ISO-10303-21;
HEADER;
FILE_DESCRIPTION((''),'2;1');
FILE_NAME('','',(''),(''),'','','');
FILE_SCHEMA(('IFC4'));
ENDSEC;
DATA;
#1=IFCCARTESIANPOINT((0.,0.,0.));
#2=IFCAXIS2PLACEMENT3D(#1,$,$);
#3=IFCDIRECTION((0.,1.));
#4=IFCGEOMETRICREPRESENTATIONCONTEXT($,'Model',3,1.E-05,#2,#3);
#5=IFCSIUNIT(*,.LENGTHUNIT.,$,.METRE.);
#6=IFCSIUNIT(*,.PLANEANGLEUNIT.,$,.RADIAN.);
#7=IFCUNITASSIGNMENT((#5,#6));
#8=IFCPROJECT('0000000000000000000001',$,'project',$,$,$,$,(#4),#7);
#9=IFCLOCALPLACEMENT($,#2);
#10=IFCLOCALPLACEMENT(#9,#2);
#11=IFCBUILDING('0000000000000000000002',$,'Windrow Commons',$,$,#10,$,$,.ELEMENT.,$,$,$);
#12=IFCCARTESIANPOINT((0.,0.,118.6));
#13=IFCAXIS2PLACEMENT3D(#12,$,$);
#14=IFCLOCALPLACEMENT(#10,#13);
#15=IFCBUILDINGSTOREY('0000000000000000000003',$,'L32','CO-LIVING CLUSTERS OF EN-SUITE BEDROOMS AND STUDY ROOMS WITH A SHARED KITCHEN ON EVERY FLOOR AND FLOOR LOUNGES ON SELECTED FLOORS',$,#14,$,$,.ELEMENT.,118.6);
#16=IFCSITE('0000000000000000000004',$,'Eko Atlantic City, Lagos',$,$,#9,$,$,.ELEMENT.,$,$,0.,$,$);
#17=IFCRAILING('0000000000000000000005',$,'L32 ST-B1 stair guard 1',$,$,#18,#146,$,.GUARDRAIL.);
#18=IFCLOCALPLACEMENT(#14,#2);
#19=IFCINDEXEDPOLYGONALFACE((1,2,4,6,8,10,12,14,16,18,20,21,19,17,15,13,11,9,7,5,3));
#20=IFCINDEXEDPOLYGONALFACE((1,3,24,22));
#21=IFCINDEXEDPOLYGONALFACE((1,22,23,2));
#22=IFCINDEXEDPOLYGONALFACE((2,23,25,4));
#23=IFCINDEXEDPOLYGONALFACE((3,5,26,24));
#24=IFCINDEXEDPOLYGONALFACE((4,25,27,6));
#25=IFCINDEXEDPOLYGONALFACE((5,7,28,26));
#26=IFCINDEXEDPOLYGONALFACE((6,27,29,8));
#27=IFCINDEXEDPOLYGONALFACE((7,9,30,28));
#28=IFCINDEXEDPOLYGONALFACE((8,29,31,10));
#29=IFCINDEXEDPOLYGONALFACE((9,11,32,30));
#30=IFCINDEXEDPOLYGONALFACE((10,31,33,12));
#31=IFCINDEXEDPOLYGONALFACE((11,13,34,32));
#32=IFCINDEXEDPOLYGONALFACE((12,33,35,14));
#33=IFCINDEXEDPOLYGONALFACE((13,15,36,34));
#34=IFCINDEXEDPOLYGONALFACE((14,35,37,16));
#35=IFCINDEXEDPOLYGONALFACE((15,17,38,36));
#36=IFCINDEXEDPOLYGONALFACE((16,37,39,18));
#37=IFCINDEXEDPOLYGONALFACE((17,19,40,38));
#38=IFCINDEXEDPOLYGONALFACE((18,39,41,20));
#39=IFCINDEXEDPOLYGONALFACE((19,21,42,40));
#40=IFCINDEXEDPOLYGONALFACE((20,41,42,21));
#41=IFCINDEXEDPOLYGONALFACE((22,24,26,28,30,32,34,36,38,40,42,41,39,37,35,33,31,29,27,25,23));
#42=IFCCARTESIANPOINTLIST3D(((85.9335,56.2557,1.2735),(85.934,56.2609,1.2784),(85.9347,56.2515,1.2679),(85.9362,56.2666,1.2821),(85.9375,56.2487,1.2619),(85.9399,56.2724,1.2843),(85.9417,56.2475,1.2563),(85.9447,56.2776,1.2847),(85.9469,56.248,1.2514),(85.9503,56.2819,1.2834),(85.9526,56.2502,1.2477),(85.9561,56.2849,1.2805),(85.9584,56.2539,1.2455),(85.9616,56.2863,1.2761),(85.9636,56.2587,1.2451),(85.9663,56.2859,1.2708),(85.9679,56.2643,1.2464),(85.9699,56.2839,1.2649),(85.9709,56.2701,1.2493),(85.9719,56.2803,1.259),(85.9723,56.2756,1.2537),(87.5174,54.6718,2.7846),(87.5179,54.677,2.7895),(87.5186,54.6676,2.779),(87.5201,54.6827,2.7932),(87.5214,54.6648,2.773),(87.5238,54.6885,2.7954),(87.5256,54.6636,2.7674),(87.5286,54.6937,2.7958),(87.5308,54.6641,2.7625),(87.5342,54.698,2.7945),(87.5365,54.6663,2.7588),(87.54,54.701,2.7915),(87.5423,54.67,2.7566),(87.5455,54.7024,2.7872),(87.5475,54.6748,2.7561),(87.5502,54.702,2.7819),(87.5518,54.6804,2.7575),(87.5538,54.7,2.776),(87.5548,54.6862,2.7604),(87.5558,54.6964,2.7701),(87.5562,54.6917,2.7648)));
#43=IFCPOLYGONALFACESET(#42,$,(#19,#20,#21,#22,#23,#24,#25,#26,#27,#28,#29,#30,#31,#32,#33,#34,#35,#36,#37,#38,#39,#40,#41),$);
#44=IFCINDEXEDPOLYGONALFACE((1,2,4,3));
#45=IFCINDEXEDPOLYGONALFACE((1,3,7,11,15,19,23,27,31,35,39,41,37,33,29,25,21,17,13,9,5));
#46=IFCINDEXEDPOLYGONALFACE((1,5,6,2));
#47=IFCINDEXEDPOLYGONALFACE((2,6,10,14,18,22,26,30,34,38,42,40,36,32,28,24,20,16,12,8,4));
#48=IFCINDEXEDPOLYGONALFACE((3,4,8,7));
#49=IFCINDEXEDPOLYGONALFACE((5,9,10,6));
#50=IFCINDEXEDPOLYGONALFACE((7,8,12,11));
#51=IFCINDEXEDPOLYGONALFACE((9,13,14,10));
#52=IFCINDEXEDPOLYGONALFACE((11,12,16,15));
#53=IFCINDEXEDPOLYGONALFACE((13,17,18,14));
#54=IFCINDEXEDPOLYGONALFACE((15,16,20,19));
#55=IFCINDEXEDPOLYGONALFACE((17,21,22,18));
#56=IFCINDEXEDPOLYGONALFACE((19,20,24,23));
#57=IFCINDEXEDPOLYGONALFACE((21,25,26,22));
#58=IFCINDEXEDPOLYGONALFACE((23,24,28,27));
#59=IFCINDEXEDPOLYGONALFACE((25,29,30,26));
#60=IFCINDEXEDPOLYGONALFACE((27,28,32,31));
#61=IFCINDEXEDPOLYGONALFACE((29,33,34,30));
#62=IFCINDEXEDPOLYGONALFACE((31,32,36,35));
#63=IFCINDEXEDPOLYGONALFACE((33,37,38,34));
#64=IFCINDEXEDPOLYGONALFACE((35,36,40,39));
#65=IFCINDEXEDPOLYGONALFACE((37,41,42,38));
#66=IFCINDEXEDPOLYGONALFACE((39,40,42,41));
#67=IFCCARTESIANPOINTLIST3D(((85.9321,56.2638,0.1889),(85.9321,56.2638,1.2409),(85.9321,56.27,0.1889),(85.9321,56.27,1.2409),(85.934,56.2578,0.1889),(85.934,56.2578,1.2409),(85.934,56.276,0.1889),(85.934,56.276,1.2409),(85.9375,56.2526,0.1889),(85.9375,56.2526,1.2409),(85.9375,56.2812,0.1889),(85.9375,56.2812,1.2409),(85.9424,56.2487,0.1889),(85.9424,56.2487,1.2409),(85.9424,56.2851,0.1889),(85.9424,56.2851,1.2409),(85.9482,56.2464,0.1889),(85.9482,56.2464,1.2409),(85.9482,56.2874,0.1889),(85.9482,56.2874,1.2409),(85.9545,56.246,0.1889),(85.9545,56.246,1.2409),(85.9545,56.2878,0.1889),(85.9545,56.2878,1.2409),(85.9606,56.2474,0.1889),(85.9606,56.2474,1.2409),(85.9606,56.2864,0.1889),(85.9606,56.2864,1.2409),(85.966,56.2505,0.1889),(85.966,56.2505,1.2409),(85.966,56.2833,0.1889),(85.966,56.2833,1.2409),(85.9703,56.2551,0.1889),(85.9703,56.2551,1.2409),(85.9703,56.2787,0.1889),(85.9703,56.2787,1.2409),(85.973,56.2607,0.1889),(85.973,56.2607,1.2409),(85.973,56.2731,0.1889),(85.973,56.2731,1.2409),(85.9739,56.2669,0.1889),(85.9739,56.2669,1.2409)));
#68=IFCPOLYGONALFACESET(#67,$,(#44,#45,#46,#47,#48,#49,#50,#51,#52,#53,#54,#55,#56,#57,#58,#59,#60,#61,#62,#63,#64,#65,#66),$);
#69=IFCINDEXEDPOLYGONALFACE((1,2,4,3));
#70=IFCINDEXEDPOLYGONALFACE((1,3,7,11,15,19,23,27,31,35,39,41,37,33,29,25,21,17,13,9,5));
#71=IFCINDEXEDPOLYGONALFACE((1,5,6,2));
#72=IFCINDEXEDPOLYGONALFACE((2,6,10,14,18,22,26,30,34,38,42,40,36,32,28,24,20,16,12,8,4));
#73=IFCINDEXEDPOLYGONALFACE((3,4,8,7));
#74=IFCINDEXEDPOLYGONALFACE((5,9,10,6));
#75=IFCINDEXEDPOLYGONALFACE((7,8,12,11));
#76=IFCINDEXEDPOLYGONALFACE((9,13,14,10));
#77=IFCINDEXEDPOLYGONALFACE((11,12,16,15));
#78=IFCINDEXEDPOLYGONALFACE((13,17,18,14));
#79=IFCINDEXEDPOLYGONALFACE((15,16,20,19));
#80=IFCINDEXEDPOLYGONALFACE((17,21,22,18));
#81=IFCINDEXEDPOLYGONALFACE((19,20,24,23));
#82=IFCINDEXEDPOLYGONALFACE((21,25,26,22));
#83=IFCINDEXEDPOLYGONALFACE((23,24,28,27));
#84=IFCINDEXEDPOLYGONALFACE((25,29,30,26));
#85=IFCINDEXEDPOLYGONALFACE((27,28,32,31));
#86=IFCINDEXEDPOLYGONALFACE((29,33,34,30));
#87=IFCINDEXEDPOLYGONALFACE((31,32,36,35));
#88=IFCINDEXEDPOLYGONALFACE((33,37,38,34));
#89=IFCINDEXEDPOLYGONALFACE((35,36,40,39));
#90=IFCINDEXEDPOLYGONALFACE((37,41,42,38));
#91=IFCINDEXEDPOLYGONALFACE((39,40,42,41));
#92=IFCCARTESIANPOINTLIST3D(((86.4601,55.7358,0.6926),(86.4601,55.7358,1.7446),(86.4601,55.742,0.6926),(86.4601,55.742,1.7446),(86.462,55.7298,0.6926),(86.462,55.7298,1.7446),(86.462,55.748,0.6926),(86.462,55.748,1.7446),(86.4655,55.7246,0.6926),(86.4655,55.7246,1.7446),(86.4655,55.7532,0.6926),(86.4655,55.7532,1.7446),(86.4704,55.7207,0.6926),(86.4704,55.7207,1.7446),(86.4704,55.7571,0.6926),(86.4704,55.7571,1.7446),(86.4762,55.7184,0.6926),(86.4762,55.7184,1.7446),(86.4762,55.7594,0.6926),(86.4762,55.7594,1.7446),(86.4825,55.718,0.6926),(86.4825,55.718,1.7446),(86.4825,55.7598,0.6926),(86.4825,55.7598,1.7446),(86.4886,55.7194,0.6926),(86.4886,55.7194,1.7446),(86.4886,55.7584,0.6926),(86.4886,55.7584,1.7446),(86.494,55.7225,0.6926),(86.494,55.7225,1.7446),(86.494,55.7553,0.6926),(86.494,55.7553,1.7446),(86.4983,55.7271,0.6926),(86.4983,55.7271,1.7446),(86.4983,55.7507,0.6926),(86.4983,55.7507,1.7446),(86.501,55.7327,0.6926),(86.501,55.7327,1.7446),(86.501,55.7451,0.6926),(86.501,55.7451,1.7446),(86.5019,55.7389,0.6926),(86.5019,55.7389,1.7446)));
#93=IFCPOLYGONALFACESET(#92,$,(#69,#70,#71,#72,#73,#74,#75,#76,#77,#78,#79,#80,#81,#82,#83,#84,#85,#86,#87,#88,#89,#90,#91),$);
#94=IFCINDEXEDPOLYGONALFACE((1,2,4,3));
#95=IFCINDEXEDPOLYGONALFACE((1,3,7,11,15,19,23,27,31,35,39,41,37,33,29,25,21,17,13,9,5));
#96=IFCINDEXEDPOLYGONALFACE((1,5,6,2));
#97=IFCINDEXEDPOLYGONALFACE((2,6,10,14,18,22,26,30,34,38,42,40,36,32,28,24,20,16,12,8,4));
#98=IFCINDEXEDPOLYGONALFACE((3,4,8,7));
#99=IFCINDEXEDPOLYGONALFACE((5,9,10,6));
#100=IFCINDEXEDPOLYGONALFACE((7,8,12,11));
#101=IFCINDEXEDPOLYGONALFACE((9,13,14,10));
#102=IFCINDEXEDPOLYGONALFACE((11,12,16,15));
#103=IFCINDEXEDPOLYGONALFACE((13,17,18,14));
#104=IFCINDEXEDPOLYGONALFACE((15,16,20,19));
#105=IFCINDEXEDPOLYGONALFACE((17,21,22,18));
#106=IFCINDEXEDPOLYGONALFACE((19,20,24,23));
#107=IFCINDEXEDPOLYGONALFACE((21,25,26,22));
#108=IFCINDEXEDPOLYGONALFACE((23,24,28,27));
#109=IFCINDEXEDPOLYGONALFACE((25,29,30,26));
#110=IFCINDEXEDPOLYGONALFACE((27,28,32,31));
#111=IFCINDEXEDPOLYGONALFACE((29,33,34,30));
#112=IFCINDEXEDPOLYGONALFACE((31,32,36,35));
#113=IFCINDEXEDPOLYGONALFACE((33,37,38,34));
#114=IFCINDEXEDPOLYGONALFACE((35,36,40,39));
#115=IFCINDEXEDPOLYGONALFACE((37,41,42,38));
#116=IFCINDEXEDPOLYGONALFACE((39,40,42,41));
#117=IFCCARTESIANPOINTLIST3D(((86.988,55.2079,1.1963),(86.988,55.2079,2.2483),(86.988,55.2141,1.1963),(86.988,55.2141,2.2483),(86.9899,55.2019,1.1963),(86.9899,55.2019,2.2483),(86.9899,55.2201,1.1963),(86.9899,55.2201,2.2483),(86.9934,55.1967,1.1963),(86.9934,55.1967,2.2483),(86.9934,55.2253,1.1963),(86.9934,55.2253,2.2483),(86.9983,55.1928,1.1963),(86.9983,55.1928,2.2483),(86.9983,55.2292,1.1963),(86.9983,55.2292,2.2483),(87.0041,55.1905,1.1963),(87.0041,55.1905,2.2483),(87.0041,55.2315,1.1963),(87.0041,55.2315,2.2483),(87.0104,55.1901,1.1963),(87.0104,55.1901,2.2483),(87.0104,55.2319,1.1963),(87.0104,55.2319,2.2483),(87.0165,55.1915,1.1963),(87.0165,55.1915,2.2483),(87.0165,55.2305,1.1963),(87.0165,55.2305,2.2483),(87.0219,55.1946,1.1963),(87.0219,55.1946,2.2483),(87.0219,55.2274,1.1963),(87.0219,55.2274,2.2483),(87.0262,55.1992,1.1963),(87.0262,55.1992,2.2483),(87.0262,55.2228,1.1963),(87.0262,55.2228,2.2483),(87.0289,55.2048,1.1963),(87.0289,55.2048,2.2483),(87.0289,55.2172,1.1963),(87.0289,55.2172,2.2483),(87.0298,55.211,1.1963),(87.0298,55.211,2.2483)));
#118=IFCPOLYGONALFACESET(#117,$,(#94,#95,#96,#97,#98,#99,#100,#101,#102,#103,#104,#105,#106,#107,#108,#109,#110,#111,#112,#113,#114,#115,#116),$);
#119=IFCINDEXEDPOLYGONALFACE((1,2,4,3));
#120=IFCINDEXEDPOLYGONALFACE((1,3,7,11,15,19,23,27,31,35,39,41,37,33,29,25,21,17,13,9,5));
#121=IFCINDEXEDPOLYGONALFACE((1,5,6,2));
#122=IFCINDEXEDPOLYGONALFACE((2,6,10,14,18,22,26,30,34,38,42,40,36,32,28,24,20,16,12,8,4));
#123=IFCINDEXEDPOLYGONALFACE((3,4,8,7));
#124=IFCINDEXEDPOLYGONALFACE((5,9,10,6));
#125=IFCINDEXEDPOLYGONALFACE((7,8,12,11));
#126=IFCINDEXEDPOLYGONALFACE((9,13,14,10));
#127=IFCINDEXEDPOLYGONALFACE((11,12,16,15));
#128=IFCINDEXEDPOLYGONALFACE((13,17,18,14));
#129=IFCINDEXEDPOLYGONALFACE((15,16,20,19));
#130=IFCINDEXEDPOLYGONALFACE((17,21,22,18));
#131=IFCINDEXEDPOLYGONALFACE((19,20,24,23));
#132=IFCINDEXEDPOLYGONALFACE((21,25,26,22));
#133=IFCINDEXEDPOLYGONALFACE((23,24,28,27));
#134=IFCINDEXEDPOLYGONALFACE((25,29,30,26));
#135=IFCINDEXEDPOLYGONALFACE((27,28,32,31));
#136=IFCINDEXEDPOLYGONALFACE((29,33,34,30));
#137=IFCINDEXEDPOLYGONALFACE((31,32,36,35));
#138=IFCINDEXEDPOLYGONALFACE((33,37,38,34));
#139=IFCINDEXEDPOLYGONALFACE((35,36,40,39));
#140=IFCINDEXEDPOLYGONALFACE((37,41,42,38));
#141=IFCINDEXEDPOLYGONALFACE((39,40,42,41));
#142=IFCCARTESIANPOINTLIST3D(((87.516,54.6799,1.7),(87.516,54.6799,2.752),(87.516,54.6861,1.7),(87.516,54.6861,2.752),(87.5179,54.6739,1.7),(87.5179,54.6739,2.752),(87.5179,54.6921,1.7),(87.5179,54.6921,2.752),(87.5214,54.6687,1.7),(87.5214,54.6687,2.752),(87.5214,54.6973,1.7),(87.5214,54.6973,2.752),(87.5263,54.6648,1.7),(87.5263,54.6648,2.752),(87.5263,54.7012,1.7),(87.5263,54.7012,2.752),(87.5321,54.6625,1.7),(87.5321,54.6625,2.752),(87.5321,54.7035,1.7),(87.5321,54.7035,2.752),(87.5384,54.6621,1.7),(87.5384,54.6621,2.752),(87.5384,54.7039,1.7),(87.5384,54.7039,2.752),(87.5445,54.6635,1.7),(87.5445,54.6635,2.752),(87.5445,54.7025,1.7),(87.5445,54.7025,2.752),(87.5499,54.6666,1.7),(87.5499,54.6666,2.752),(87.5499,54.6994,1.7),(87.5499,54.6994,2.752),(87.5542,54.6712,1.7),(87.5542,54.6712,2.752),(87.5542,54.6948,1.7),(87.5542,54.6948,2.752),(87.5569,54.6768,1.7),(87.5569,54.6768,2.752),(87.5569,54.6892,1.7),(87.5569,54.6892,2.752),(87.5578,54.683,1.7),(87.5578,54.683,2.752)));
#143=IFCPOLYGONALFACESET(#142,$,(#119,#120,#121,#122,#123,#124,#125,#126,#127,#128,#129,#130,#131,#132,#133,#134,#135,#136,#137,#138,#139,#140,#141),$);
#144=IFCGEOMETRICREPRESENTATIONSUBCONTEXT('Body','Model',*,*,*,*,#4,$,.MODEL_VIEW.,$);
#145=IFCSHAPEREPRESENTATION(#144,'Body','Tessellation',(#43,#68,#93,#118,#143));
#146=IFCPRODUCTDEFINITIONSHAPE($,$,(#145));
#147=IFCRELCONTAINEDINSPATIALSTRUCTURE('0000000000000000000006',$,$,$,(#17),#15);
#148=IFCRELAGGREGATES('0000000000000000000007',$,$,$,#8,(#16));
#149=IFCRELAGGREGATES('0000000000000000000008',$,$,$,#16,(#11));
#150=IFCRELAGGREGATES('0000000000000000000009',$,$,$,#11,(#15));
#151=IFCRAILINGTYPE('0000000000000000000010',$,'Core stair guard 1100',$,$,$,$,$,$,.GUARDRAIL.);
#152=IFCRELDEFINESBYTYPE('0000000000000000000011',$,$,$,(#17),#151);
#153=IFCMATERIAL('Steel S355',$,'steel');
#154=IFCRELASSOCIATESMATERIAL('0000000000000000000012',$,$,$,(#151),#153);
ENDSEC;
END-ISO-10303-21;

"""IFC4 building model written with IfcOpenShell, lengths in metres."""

from ifc_helpers import new_model, si_unit, direction, frame, origin, origin_2d, place, context, subcontext, project, spatial, circle, extrude, material, type_object, element, save


model = new_model("IFC4")

# Units and contexts
model_context = context("Model", 3, precision=1e-05, world=origin(), true_north=direction((0.0, 1.0)))
body_context = subcontext(model_context, "Body", "Model", "MODEL_VIEW")
ifc_project = project(units=[si_unit("LENGTHUNIT", "METRE"), si_unit("PLANEANGLEUNIT", "RADIAN")], contexts=[model_context])

# Site, building, storey
site_placement = place(None, origin())
site = spatial("IfcSite", under=ifc_project, at=site_placement, Name="Eko Atlantic City, Lagos", CompositionType="ELEMENT", RefElevation=0.0)
building_placement = place(site_placement, origin())
building = spatial("IfcBuilding", under=site, at=building_placement, Name="Windrow Commons", CompositionType="ELEMENT")
storey_placement = place(building_placement, frame((0.0, 0.0, 118.6)))
storey = spatial("IfcBuildingStorey", under=building, at=storey_placement, Name="L32", Description="CO-LIVING CLUSTERS OF EN-SUITE BEDROOMS AND STUDY ROOMS WITH A SHARED KITCHEN ON EVERY FLOOR AND FLOOR LOUNGES ON SELECTED FLOORS", CompositionType="ELEMENT", Elevation=118.6)

# Railing
ifc_material_1 = material(Name="Steel S355", Category="steel")
railing_type_1 = type_object("IfcRailingType", Name="Core stair guard 1100", PredefinedType="GUARDRAIL", material=ifc_material_1)
railing_1_placement = place(storey_placement, frame((85.9529, 56.2669, 0.1889)))
element("IfcRailing", 1, at=railing_1_placement, inside=storey, type_object=railing_type_1, Name="L32 ST-B1 stair guard 1", PredefinedType="GUARDRAIL", context=body_context, shape_type="SweptSolid", body=[
    extrude(circle(Radius=0.024, at=origin_2d()), frame((0.0, 0.0, 1.076), z_axis=(0.586191, -0.586191, 0.559249), x_axis=(0.707107, 0.707107, 0.0)), (0.0, 0.0, 1.0), 2.702),
    extrude(circle(Radius=0.021, at=origin_2d()), origin(), (0.0, 0.0, 1.0), 1.052),
    extrude(circle(Radius=0.021, at=origin_2d()), frame((0.528, -0.528, 0.5037)), (0.0, 0.0, 1.0), 1.052),
    extrude(circle(Radius=0.021, at=origin_2d()), frame((1.0559, -1.0559, 1.0074)), (0.0, 0.0, 1.0), 1.052),
    extrude(circle(Radius=0.021, at=origin_2d()), frame((1.5839, -1.5839, 1.5111)), (0.0, 0.0, 1.0), 1.052),
])

save(model, "model.ifc")
